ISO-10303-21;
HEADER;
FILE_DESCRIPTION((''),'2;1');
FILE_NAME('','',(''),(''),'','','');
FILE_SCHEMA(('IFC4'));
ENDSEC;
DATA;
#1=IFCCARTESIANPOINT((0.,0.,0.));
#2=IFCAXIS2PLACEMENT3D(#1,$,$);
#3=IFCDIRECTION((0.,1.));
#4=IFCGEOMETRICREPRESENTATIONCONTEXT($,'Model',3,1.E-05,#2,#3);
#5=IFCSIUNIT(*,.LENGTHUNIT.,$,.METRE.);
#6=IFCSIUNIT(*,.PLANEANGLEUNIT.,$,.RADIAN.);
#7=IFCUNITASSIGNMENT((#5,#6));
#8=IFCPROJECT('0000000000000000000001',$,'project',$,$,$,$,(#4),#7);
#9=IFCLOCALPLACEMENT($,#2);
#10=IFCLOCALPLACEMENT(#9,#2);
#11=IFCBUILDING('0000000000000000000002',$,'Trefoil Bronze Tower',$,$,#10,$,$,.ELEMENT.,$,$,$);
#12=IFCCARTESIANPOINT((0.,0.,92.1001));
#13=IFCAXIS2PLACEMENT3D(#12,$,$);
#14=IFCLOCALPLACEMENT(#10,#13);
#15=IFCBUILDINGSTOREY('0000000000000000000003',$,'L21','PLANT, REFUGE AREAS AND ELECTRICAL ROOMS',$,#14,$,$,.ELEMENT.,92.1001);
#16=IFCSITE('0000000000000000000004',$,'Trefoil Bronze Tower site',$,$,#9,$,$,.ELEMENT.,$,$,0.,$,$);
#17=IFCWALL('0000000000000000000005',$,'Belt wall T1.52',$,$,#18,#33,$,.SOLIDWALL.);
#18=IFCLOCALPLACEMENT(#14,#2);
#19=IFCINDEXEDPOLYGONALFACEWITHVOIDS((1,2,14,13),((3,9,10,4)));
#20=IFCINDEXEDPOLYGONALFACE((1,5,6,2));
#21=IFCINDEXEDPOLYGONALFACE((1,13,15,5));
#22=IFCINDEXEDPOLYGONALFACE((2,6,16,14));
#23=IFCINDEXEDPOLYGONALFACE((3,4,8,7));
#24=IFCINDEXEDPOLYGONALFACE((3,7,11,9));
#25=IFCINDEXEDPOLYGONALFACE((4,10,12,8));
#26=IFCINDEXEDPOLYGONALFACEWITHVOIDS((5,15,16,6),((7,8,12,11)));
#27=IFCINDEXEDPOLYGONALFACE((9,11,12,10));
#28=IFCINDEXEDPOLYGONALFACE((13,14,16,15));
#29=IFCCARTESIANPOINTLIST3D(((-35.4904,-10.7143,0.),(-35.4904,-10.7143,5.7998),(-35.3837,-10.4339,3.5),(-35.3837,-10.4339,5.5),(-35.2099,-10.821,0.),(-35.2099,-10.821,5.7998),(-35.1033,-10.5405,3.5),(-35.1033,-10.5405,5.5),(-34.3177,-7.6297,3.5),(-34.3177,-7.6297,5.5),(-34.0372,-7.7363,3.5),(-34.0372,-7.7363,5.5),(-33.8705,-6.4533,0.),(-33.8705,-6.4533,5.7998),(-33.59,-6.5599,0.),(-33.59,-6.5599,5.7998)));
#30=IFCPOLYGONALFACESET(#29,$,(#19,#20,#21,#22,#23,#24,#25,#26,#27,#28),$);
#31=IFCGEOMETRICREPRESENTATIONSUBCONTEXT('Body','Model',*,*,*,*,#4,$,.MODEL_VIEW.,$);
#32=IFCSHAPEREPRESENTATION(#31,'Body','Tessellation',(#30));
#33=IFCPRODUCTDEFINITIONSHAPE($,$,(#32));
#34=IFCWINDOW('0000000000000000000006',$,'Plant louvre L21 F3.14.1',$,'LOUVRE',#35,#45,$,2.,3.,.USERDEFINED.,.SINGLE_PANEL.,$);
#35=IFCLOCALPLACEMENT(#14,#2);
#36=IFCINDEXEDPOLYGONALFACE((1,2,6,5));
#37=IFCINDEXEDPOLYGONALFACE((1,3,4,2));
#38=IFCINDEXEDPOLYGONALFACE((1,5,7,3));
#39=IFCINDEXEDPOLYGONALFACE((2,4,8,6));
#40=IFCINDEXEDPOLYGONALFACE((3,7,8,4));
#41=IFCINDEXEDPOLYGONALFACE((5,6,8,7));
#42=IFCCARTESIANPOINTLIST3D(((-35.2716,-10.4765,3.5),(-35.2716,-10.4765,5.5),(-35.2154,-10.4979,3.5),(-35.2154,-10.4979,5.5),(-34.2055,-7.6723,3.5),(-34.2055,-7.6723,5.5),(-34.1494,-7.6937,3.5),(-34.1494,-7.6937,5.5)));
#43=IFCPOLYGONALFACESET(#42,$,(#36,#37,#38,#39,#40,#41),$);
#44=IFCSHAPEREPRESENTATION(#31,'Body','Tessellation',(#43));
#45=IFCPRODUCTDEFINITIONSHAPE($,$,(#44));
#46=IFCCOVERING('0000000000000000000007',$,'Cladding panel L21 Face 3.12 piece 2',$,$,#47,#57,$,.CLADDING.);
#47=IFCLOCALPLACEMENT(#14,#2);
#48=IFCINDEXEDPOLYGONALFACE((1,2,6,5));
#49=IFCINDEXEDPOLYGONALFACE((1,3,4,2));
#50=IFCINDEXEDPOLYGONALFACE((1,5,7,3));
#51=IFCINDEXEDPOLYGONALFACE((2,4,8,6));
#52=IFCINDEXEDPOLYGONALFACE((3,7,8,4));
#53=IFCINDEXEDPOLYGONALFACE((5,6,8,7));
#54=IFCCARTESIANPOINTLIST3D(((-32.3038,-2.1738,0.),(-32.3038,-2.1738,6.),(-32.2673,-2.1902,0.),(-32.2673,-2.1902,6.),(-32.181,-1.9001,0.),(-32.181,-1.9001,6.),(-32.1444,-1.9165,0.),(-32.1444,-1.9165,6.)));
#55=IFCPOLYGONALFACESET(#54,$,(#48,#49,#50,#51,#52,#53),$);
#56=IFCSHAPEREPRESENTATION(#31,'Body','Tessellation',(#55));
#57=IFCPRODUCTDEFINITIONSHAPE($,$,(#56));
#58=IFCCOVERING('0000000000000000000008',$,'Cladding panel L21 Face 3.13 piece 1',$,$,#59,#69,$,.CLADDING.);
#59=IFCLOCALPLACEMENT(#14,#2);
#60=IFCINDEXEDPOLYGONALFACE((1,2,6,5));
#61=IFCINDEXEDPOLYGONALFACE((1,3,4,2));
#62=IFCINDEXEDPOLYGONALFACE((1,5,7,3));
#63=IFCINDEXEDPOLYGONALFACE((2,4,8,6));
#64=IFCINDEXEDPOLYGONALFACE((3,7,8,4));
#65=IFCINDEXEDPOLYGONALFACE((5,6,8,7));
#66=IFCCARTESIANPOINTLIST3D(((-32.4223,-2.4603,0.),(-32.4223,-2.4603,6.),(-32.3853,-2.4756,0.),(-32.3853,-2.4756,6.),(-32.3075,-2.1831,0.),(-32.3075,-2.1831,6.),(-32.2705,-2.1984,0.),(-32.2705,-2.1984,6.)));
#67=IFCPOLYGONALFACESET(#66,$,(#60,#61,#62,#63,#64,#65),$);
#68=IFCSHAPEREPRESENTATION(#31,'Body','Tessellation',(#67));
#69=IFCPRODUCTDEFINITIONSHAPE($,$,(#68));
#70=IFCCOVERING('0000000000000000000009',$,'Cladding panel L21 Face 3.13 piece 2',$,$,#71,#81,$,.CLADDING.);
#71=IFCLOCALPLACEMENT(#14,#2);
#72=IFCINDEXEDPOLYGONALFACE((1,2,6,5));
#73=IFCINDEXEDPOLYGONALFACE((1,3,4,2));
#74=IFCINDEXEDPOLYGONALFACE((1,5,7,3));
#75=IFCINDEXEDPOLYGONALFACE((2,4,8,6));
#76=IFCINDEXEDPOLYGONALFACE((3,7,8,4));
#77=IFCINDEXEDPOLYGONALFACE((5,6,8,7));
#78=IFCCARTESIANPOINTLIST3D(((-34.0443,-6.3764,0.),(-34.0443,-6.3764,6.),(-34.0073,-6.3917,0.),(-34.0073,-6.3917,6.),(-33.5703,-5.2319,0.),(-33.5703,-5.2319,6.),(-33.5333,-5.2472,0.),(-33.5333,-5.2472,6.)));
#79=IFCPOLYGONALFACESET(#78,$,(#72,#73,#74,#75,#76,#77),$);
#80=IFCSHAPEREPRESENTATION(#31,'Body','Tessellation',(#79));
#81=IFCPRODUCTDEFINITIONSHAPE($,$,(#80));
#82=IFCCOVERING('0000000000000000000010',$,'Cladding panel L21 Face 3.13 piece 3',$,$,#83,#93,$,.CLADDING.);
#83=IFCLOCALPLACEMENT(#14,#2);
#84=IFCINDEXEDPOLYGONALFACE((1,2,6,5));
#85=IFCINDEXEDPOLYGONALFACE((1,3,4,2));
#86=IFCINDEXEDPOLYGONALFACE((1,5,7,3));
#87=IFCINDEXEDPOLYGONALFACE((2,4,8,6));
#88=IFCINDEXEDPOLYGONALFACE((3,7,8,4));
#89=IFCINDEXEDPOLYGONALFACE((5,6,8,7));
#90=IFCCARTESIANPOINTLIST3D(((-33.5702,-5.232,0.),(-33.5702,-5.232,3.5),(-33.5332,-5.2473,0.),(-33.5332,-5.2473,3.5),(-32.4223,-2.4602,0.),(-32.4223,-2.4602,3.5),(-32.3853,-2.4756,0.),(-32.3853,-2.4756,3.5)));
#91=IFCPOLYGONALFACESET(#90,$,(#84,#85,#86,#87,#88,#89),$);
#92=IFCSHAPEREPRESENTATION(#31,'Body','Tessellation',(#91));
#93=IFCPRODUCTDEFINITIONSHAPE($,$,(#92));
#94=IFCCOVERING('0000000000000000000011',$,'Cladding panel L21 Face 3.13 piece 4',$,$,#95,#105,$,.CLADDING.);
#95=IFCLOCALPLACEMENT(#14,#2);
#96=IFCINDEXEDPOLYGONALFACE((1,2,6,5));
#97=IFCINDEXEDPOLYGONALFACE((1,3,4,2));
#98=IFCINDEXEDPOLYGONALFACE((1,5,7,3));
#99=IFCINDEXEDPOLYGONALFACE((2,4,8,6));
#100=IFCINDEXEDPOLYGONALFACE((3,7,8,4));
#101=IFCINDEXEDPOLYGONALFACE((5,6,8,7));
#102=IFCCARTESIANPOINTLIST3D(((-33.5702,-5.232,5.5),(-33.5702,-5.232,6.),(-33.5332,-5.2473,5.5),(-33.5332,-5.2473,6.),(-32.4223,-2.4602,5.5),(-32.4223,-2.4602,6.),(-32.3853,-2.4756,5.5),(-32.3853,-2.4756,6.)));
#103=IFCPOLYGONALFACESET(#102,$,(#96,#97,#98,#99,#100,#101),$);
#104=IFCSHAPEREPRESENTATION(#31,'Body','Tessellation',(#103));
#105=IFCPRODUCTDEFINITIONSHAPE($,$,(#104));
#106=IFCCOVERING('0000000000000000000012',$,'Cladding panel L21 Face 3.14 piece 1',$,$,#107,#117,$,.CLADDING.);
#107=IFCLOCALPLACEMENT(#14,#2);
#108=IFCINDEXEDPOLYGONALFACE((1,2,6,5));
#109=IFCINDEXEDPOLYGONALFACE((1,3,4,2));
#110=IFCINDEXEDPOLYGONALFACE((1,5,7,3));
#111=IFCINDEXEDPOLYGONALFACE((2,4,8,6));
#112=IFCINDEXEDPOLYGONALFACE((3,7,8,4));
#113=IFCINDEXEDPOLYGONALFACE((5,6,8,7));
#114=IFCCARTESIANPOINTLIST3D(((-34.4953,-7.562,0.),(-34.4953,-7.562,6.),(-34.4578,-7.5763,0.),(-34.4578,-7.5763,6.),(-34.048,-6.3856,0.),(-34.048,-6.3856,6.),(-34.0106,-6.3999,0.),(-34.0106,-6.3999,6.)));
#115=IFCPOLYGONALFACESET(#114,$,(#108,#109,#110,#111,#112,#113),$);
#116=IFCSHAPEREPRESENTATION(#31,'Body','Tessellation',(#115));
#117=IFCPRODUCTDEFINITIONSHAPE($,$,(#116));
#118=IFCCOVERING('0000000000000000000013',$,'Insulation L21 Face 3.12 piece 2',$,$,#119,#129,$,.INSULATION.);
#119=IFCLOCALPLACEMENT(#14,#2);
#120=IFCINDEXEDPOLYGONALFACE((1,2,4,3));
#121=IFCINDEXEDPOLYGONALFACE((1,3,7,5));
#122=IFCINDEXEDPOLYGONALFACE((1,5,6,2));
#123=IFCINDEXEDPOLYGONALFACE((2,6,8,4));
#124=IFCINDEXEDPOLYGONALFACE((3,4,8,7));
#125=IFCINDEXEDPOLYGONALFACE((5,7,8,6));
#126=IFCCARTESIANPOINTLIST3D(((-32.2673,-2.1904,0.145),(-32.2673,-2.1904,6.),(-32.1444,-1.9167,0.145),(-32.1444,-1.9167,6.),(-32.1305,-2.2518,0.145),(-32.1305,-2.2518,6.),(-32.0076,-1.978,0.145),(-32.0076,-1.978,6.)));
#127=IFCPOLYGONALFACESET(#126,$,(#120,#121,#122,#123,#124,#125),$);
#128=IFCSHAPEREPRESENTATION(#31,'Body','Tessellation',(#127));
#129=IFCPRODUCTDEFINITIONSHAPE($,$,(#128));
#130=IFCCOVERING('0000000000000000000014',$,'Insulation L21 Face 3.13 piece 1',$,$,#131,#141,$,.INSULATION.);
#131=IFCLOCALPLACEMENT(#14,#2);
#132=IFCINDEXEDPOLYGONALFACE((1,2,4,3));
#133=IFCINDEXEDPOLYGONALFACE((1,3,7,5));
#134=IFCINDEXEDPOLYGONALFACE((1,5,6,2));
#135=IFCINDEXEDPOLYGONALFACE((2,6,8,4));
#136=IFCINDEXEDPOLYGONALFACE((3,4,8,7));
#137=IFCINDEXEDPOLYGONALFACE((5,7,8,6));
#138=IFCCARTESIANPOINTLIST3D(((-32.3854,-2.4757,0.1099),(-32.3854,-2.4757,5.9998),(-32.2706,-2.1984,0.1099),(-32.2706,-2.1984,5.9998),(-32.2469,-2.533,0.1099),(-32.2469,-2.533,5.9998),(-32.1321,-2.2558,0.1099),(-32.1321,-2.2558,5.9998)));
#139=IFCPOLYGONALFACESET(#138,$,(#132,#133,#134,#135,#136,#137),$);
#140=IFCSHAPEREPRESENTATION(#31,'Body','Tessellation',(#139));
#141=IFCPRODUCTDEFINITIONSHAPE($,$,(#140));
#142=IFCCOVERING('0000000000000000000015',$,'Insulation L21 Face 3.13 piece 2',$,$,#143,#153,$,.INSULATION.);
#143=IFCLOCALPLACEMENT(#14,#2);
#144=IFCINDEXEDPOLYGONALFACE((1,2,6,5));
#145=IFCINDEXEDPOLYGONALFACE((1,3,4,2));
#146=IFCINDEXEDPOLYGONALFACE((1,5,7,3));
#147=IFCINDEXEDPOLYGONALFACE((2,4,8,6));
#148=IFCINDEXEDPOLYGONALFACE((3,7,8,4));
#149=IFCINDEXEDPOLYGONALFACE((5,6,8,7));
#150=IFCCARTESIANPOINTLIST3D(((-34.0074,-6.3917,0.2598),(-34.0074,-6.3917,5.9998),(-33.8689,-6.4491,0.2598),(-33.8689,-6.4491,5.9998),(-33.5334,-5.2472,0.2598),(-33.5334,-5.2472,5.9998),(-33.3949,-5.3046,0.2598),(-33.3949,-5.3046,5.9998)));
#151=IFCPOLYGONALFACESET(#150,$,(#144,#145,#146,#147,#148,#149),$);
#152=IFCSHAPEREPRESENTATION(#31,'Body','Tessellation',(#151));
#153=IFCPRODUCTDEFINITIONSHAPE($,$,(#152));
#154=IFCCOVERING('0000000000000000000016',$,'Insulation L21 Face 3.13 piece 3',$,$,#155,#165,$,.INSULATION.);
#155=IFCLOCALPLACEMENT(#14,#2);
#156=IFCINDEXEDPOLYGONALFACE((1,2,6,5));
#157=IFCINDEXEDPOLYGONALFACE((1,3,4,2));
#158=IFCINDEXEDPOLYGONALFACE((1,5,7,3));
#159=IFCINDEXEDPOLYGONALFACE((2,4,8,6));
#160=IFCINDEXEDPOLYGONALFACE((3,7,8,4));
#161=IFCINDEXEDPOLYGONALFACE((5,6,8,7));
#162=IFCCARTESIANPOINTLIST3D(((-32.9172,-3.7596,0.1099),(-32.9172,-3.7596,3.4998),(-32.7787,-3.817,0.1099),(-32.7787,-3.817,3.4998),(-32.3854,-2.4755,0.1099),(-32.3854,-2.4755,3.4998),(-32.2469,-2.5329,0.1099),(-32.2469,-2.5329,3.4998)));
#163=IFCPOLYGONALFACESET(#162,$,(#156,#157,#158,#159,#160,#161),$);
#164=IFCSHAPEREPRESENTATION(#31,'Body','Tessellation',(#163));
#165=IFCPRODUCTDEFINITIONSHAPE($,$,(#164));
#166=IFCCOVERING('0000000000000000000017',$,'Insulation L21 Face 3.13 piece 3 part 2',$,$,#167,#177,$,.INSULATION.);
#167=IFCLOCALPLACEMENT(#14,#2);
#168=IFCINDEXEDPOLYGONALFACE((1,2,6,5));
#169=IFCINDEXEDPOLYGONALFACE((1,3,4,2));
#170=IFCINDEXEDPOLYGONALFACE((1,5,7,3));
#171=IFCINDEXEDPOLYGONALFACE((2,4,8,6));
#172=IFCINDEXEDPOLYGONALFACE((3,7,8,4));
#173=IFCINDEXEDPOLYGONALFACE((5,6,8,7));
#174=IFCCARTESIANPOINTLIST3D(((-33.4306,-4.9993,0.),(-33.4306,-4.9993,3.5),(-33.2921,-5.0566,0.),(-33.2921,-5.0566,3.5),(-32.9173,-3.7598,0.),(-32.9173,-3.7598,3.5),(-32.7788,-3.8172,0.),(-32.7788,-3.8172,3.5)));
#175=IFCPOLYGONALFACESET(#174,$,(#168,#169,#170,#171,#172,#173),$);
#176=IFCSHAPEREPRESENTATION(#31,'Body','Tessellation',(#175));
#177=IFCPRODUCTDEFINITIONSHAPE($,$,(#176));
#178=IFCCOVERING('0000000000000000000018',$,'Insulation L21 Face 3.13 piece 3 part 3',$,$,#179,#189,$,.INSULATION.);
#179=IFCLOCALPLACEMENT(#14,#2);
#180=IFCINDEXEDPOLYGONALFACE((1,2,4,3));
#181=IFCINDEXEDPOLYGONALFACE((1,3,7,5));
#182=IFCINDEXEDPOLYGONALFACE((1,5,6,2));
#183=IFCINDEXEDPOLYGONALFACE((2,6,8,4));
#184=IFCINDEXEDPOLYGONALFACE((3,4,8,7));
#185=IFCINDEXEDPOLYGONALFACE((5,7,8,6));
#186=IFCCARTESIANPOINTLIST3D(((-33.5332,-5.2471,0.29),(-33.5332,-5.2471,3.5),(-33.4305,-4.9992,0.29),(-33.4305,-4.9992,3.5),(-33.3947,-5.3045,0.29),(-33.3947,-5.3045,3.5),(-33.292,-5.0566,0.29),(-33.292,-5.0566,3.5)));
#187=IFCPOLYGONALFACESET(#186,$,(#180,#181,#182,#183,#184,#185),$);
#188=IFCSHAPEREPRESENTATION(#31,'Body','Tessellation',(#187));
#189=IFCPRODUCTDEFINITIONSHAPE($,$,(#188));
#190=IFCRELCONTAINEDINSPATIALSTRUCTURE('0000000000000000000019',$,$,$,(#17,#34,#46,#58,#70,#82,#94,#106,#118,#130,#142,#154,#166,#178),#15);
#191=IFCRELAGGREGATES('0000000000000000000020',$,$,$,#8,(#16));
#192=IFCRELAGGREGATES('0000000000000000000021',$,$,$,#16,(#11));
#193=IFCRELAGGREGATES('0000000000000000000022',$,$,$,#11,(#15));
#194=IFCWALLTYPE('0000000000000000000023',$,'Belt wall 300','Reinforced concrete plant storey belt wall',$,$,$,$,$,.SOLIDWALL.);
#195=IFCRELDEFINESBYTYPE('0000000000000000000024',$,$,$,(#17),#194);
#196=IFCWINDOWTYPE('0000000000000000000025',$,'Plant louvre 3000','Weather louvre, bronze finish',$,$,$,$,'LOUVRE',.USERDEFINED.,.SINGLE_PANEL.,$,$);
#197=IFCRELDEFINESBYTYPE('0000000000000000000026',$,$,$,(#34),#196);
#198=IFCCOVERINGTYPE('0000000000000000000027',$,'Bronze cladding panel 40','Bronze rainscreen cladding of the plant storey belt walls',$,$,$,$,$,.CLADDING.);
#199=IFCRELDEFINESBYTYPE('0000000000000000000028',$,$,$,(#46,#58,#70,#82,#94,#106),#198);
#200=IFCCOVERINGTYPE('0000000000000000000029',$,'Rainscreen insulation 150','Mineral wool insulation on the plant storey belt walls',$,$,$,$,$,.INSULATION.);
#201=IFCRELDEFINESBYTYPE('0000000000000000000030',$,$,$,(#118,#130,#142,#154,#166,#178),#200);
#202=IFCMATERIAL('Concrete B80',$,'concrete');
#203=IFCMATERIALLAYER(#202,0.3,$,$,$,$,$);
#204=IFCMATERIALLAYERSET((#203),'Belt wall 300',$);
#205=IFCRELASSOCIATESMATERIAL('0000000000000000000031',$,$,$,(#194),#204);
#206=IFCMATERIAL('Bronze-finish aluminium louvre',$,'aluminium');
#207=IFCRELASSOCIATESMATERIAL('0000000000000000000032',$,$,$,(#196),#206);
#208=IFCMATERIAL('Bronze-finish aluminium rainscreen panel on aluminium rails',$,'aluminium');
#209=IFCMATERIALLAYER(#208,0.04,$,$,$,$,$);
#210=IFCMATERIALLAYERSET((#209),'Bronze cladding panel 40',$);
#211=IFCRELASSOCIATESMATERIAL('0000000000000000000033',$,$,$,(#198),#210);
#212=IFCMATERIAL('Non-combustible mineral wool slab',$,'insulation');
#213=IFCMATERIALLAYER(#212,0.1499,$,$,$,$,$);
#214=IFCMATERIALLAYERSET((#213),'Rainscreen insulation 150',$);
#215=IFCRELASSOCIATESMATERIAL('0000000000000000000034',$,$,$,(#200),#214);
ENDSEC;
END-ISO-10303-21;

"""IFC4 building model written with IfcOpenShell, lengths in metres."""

from ifc_helpers import new_model, si_unit, direction, frame, frame_2d, origin, origin_2d, place, context, subcontext, project, spatial, rectangle, extrude, material, layer, layer_set, type_object, element, fill, save


model = new_model("IFC4")

# Units and contexts
model_context = context("Model", 3, precision=1e-05, world=origin(), true_north=direction((0.0, 1.0)))
body_context = subcontext(model_context, "Body", "Model", "MODEL_VIEW")
ifc_project = project(units=[si_unit("LENGTHUNIT", "METRE"), si_unit("PLANEANGLEUNIT", "RADIAN")], contexts=[model_context])

# Site, building, storey
site_placement = place(None, origin())
site = spatial("IfcSite", under=ifc_project, at=site_placement, Name="Trefoil Bronze Tower site", CompositionType="ELEMENT", RefElevation=0.0)
building_placement = place(site_placement, origin())
building = spatial("IfcBuilding", under=site, at=building_placement, Name="Trefoil Bronze Tower", CompositionType="ELEMENT")
storey_placement = place(building_placement, frame((0.0, 0.0, 92.1001)))
storey = spatial("IfcBuildingStorey", under=building, at=storey_placement, Name="L21", Description="PLANT, REFUGE AREAS AND ELECTRICAL ROOMS", CompositionType="ELEMENT", Elevation=92.1001)

# Wall, opening, window
ifc_material_1 = material(Name="Concrete B80", Category="concrete")
ifc_layer_1 = layer(ifc_material_1, 0.3)
ifc_layer_set_1 = layer_set([ifc_layer_1], Name="Belt wall 300")
wall_type = type_object("IfcWallType", Name="Belt wall 300", Description="Reinforced concrete plant storey belt wall", PredefinedType="SOLIDWALL", material=ifc_layer_set_1)
ifc_material_2 = material(Name="Bronze-finish aluminium louvre", Category="aluminium")
window_type = type_object("IfcWindowType", Name="Plant louvre 3000", Description="Weather louvre, bronze finish", ElementType="LOUVRE", PartitioningType="SINGLE_PANEL", PredefinedType="USERDEFINED", material=ifc_material_2)
wall_1_placement = place(storey_placement, frame((-33.7302, -6.5066, 0.0), z_axis=(0.0, 0.0, 1.0), x_axis=(-0.355352, -0.934733, 0.0)))
wall_1 = element("IfcWall", 1, at=wall_1_placement, inside=storey, type_object=wall_type, Name="Belt wall T1.52", PredefinedType="SOLIDWALL", context=body_context, shape_type="SweptSolid", body=[
    extrude(rectangle(XDim=4.5586, YDim=0.3, at=frame_2d((2.2793, 0.0))), origin(), (0.0, 0.0, 1.0), 5.7998),
])
opening_1_placement = place(wall_1_placement, frame((1.2585, 0.0, 3.5)))
opening_1 = element("IfcOpeningElement", 2, at=opening_1_placement, cuts=wall_1, PredefinedType="OPENING", context=body_context, shape_type="SweptSolid", body=[
    extrude(rectangle(XDim=3.0, YDim=2.0, at=frame_2d((1.5, 1.0))), frame((0.0, 0.1599, 0.0), z_axis=(0.0, -1.0, 0.0), x_axis=(1.0, 0.0, 0.0)), (0.0, 0.0, 1.0), 0.3201),
])
window_1_placement = place(opening_1_placement, origin())
window_1 = element("IfcWindow", 3, at=window_1_placement, inside=storey, type_object=window_type, Name="Plant louvre L21 F3.14.1", ObjectType="LOUVRE", OverallHeight=2.0, OverallWidth=3.0, PartitioningType="SINGLE_PANEL", PredefinedType="USERDEFINED", context=body_context, shape_type="SweptSolid", body=[
    extrude(rectangle(XDim=3.0, YDim=2.0, at=frame_2d((1.5, 1.0))), frame((0.0, 0.03, 0.0), z_axis=(0.0, -1.0, 0.0), x_axis=(1.0, 0.0, 0.0)), (0.0, 0.0, 1.0), 0.0601),
])
fill(opening_1, window_1)

# Coverings
ifc_material_3 = material(Name="Bronze-finish aluminium rainscreen panel on aluminium rails", Category="aluminium")
ifc_layer_2 = layer(ifc_material_3, 0.04)
ifc_layer_set_2 = layer_set([ifc_layer_2], Name="Bronze cladding panel 40")
covering_type_1 = type_object("IfcCoveringType", Name="Bronze cladding panel 40", Description="Bronze rainscreen cladding of the plant storey belt walls", PredefinedType="CLADDING", material=ifc_layer_set_2)
for number, where, z_axis, x_axis, name in (
    (4, (-32.2241, -2.0452, 0.0), (0.0, 0.0, 1.0), (-0.409456, -0.91233, 0.0), "Cladding panel L21 Face 3.12 piece 2"),
    (5, (-32.3464, -2.3293, 0.0), (0.0, 0.0, 1.0), (-0.38263, -0.923902, 0.0), "Cladding panel L21 Face 3.13 piece 1"),
):
    element("IfcCovering", number, at=place(storey_placement, frame(where, z_axis=z_axis, x_axis=x_axis)), inside=storey, type_object=covering_type_1, Name=name, PredefinedType="CLADDING", context=body_context, shape_type="SweptSolid", body=[
        extrude(rectangle(XDim=0.3, YDim=0.04, at=origin_2d()), origin(), (0.0, 0.0, 1.0), 6.0),
    ])
covering_1_placement = place(storey_placement, frame((-33.7888, -5.8118, 0.0), z_axis=(0.0, 0.0, 1.0), x_axis=(-0.38263, -0.923902, 0.0)))
element("IfcCovering", 6, at=covering_1_placement, inside=storey, type_object=covering_type_1, Name="Cladding panel L21 Face 3.13 piece 2", PredefinedType="CLADDING", context=body_context, shape_type="SweptSolid", body=[
    extrude(rectangle(XDim=1.2388, YDim=0.04, at=origin_2d()), origin(), (0.0, 0.0, 1.0), 6.0),
])
covering_2_placement = place(storey_placement, frame((-32.9778, -3.8538, 0.0), z_axis=(0.0, 0.0, 1.0), x_axis=(-0.38263, -0.923902, 0.0)))
element("IfcCovering", 7, at=covering_2_placement, inside=storey, type_object=covering_type_1, Name="Cladding panel L21 Face 3.13 piece 3", PredefinedType="CLADDING", context=body_context, shape_type="SweptSolid", body=[
    extrude(rectangle(XDim=3.0, YDim=0.04, at=origin_2d()), origin(), (0.0, 0.0, 1.0), 3.5),
])
covering_3_placement = place(storey_placement, frame((-32.9778, -3.8538, 5.5), z_axis=(0.0, 0.0, 1.0), x_axis=(-0.38263, -0.923902, 0.0)))
element("IfcCovering", 8, at=covering_3_placement, inside=storey, type_object=covering_type_1, Name="Cladding panel L21 Face 3.13 piece 4", PredefinedType="CLADDING", context=body_context, shape_type="SweptSolid", body=[
    extrude(rectangle(XDim=3.0, YDim=0.04, at=origin_2d()), origin(), (0.0, 0.0, 1.0), 0.5),
])
covering_4_placement = place(storey_placement, frame((-34.2529, -6.981, 0.0), z_axis=(0.0, 0.0, 1.0), x_axis=(-0.355371, -0.934725, 0.0)))
element("IfcCovering", 9, at=covering_4_placement, inside=storey, type_object=covering_type_1, Name="Cladding panel L21 Face 3.14 piece 1", PredefinedType="CLADDING", context=body_context, shape_type="SweptSolid", body=[
    extrude(rectangle(XDim=1.2585, YDim=0.04, at=origin_2d()), origin(), (0.0, 0.0, 1.0), 6.0),
])
ifc_material_4 = material(Name="Non-combustible mineral wool slab", Category="insulation")
ifc_layer_3 = layer(ifc_material_4, 0.1499)
ifc_layer_set_3 = layer_set([ifc_layer_3], Name="Rainscreen insulation 150")
covering_type_2 = type_object("IfcCoveringType", Name="Rainscreen insulation 150", Description="Mineral wool insulation on the plant storey belt walls", PredefinedType="INSULATION", material=ifc_layer_set_3)
covering_5_placement = place(storey_placement, frame((-32.1375, -2.0842, 0.145), z_axis=(0.0, 0.0, 1.0), x_axis=(-0.409456, -0.91233, 0.0)))
element("IfcCovering", 10, at=covering_5_placement, inside=storey, type_object=covering_type_2, Name="Insulation L21 Face 3.12 piece 2", PredefinedType="INSULATION", context=body_context, shape_type="SweptSolid", body=[
    extrude(rectangle(XDim=0.3, YDim=0.1499, at=origin_2d()), origin(), (0.0, 0.0, 1.0), 5.855),
])
covering_6_placement = place(storey_placement, frame((-32.2588, -2.3657, 0.1099), z_axis=(0.0, 0.0, 1.0), x_axis=(-0.38263, -0.923902, 0.0)))
element("IfcCovering", 11, at=covering_6_placement, inside=storey, type_object=covering_type_2, Name="Insulation L21 Face 3.13 piece 1", PredefinedType="INSULATION", context=body_context, shape_type="SweptSolid", body=[
    extrude(rectangle(XDim=0.3, YDim=0.1499, at=origin_2d()), origin(), (0.0, 0.0, 1.0), 5.8899),
])
covering_7_placement = place(storey_placement, frame((-33.7012, -5.8481, 0.2598), z_axis=(0.0, 0.0, 1.0), x_axis=(-0.38263, -0.923902, 0.0)))
element("IfcCovering", 12, at=covering_7_placement, inside=storey, type_object=covering_type_2, Name="Insulation L21 Face 3.13 piece 2", PredefinedType="INSULATION", context=body_context, shape_type="SweptSolid", body=[
    extrude(rectangle(XDim=1.2388, YDim=0.1499, at=origin_2d()), origin(), (0.0, 0.0, 1.0), 5.74),
])
covering_8_placement = place(storey_placement, frame((-32.582, -3.1462, 0.1099), z_axis=(0.0, 0.0, 1.0), x_axis=(-0.38263, -0.923902, 0.0)))
element("IfcCovering", 13, at=covering_8_placement, inside=storey, type_object=covering_type_2, Name="Insulation L21 Face 3.13 piece 3", PredefinedType="INSULATION", context=body_context, shape_type="SweptSolid", body=[
    extrude(rectangle(XDim=1.3899, YDim=0.1499, at=origin_2d()), origin(), (0.0, 0.0, 1.0), 3.3899),
])
covering_9_placement = place(storey_placement, frame((-33.1047, -4.4082, 0.0), z_axis=(0.0, 0.0, 1.0), x_axis=(-0.38263, -0.923902, 0.0)))
element("IfcCovering", 14, at=covering_9_placement, inside=storey, type_object=covering_type_2, Name="Insulation L21 Face 3.13 piece 3 part 2", PredefinedType="INSULATION", context=body_context, shape_type="SweptSolid", body=[
    extrude(rectangle(XDim=1.3416, YDim=0.1499, at=origin_2d()), origin(), (0.0, 0.0, 1.0), 3.5),
])
covering_10_placement = place(storey_placement, frame((-33.4126, -5.1519, 0.29), z_axis=(0.0, 0.0, 1.0), x_axis=(-0.38263, -0.923902, 0.0)))
element("IfcCovering", 15, at=covering_10_placement, inside=storey, type_object=covering_type_2, Name="Insulation L21 Face 3.13 piece 3 part 3", PredefinedType="INSULATION", context=body_context, shape_type="SweptSolid", body=[
    extrude(rectangle(XDim=0.2683, YDim=0.1499, at=origin_2d()), origin(), (0.0, 0.0, 1.0), 3.21),
])

save(model, "model.ifc")
